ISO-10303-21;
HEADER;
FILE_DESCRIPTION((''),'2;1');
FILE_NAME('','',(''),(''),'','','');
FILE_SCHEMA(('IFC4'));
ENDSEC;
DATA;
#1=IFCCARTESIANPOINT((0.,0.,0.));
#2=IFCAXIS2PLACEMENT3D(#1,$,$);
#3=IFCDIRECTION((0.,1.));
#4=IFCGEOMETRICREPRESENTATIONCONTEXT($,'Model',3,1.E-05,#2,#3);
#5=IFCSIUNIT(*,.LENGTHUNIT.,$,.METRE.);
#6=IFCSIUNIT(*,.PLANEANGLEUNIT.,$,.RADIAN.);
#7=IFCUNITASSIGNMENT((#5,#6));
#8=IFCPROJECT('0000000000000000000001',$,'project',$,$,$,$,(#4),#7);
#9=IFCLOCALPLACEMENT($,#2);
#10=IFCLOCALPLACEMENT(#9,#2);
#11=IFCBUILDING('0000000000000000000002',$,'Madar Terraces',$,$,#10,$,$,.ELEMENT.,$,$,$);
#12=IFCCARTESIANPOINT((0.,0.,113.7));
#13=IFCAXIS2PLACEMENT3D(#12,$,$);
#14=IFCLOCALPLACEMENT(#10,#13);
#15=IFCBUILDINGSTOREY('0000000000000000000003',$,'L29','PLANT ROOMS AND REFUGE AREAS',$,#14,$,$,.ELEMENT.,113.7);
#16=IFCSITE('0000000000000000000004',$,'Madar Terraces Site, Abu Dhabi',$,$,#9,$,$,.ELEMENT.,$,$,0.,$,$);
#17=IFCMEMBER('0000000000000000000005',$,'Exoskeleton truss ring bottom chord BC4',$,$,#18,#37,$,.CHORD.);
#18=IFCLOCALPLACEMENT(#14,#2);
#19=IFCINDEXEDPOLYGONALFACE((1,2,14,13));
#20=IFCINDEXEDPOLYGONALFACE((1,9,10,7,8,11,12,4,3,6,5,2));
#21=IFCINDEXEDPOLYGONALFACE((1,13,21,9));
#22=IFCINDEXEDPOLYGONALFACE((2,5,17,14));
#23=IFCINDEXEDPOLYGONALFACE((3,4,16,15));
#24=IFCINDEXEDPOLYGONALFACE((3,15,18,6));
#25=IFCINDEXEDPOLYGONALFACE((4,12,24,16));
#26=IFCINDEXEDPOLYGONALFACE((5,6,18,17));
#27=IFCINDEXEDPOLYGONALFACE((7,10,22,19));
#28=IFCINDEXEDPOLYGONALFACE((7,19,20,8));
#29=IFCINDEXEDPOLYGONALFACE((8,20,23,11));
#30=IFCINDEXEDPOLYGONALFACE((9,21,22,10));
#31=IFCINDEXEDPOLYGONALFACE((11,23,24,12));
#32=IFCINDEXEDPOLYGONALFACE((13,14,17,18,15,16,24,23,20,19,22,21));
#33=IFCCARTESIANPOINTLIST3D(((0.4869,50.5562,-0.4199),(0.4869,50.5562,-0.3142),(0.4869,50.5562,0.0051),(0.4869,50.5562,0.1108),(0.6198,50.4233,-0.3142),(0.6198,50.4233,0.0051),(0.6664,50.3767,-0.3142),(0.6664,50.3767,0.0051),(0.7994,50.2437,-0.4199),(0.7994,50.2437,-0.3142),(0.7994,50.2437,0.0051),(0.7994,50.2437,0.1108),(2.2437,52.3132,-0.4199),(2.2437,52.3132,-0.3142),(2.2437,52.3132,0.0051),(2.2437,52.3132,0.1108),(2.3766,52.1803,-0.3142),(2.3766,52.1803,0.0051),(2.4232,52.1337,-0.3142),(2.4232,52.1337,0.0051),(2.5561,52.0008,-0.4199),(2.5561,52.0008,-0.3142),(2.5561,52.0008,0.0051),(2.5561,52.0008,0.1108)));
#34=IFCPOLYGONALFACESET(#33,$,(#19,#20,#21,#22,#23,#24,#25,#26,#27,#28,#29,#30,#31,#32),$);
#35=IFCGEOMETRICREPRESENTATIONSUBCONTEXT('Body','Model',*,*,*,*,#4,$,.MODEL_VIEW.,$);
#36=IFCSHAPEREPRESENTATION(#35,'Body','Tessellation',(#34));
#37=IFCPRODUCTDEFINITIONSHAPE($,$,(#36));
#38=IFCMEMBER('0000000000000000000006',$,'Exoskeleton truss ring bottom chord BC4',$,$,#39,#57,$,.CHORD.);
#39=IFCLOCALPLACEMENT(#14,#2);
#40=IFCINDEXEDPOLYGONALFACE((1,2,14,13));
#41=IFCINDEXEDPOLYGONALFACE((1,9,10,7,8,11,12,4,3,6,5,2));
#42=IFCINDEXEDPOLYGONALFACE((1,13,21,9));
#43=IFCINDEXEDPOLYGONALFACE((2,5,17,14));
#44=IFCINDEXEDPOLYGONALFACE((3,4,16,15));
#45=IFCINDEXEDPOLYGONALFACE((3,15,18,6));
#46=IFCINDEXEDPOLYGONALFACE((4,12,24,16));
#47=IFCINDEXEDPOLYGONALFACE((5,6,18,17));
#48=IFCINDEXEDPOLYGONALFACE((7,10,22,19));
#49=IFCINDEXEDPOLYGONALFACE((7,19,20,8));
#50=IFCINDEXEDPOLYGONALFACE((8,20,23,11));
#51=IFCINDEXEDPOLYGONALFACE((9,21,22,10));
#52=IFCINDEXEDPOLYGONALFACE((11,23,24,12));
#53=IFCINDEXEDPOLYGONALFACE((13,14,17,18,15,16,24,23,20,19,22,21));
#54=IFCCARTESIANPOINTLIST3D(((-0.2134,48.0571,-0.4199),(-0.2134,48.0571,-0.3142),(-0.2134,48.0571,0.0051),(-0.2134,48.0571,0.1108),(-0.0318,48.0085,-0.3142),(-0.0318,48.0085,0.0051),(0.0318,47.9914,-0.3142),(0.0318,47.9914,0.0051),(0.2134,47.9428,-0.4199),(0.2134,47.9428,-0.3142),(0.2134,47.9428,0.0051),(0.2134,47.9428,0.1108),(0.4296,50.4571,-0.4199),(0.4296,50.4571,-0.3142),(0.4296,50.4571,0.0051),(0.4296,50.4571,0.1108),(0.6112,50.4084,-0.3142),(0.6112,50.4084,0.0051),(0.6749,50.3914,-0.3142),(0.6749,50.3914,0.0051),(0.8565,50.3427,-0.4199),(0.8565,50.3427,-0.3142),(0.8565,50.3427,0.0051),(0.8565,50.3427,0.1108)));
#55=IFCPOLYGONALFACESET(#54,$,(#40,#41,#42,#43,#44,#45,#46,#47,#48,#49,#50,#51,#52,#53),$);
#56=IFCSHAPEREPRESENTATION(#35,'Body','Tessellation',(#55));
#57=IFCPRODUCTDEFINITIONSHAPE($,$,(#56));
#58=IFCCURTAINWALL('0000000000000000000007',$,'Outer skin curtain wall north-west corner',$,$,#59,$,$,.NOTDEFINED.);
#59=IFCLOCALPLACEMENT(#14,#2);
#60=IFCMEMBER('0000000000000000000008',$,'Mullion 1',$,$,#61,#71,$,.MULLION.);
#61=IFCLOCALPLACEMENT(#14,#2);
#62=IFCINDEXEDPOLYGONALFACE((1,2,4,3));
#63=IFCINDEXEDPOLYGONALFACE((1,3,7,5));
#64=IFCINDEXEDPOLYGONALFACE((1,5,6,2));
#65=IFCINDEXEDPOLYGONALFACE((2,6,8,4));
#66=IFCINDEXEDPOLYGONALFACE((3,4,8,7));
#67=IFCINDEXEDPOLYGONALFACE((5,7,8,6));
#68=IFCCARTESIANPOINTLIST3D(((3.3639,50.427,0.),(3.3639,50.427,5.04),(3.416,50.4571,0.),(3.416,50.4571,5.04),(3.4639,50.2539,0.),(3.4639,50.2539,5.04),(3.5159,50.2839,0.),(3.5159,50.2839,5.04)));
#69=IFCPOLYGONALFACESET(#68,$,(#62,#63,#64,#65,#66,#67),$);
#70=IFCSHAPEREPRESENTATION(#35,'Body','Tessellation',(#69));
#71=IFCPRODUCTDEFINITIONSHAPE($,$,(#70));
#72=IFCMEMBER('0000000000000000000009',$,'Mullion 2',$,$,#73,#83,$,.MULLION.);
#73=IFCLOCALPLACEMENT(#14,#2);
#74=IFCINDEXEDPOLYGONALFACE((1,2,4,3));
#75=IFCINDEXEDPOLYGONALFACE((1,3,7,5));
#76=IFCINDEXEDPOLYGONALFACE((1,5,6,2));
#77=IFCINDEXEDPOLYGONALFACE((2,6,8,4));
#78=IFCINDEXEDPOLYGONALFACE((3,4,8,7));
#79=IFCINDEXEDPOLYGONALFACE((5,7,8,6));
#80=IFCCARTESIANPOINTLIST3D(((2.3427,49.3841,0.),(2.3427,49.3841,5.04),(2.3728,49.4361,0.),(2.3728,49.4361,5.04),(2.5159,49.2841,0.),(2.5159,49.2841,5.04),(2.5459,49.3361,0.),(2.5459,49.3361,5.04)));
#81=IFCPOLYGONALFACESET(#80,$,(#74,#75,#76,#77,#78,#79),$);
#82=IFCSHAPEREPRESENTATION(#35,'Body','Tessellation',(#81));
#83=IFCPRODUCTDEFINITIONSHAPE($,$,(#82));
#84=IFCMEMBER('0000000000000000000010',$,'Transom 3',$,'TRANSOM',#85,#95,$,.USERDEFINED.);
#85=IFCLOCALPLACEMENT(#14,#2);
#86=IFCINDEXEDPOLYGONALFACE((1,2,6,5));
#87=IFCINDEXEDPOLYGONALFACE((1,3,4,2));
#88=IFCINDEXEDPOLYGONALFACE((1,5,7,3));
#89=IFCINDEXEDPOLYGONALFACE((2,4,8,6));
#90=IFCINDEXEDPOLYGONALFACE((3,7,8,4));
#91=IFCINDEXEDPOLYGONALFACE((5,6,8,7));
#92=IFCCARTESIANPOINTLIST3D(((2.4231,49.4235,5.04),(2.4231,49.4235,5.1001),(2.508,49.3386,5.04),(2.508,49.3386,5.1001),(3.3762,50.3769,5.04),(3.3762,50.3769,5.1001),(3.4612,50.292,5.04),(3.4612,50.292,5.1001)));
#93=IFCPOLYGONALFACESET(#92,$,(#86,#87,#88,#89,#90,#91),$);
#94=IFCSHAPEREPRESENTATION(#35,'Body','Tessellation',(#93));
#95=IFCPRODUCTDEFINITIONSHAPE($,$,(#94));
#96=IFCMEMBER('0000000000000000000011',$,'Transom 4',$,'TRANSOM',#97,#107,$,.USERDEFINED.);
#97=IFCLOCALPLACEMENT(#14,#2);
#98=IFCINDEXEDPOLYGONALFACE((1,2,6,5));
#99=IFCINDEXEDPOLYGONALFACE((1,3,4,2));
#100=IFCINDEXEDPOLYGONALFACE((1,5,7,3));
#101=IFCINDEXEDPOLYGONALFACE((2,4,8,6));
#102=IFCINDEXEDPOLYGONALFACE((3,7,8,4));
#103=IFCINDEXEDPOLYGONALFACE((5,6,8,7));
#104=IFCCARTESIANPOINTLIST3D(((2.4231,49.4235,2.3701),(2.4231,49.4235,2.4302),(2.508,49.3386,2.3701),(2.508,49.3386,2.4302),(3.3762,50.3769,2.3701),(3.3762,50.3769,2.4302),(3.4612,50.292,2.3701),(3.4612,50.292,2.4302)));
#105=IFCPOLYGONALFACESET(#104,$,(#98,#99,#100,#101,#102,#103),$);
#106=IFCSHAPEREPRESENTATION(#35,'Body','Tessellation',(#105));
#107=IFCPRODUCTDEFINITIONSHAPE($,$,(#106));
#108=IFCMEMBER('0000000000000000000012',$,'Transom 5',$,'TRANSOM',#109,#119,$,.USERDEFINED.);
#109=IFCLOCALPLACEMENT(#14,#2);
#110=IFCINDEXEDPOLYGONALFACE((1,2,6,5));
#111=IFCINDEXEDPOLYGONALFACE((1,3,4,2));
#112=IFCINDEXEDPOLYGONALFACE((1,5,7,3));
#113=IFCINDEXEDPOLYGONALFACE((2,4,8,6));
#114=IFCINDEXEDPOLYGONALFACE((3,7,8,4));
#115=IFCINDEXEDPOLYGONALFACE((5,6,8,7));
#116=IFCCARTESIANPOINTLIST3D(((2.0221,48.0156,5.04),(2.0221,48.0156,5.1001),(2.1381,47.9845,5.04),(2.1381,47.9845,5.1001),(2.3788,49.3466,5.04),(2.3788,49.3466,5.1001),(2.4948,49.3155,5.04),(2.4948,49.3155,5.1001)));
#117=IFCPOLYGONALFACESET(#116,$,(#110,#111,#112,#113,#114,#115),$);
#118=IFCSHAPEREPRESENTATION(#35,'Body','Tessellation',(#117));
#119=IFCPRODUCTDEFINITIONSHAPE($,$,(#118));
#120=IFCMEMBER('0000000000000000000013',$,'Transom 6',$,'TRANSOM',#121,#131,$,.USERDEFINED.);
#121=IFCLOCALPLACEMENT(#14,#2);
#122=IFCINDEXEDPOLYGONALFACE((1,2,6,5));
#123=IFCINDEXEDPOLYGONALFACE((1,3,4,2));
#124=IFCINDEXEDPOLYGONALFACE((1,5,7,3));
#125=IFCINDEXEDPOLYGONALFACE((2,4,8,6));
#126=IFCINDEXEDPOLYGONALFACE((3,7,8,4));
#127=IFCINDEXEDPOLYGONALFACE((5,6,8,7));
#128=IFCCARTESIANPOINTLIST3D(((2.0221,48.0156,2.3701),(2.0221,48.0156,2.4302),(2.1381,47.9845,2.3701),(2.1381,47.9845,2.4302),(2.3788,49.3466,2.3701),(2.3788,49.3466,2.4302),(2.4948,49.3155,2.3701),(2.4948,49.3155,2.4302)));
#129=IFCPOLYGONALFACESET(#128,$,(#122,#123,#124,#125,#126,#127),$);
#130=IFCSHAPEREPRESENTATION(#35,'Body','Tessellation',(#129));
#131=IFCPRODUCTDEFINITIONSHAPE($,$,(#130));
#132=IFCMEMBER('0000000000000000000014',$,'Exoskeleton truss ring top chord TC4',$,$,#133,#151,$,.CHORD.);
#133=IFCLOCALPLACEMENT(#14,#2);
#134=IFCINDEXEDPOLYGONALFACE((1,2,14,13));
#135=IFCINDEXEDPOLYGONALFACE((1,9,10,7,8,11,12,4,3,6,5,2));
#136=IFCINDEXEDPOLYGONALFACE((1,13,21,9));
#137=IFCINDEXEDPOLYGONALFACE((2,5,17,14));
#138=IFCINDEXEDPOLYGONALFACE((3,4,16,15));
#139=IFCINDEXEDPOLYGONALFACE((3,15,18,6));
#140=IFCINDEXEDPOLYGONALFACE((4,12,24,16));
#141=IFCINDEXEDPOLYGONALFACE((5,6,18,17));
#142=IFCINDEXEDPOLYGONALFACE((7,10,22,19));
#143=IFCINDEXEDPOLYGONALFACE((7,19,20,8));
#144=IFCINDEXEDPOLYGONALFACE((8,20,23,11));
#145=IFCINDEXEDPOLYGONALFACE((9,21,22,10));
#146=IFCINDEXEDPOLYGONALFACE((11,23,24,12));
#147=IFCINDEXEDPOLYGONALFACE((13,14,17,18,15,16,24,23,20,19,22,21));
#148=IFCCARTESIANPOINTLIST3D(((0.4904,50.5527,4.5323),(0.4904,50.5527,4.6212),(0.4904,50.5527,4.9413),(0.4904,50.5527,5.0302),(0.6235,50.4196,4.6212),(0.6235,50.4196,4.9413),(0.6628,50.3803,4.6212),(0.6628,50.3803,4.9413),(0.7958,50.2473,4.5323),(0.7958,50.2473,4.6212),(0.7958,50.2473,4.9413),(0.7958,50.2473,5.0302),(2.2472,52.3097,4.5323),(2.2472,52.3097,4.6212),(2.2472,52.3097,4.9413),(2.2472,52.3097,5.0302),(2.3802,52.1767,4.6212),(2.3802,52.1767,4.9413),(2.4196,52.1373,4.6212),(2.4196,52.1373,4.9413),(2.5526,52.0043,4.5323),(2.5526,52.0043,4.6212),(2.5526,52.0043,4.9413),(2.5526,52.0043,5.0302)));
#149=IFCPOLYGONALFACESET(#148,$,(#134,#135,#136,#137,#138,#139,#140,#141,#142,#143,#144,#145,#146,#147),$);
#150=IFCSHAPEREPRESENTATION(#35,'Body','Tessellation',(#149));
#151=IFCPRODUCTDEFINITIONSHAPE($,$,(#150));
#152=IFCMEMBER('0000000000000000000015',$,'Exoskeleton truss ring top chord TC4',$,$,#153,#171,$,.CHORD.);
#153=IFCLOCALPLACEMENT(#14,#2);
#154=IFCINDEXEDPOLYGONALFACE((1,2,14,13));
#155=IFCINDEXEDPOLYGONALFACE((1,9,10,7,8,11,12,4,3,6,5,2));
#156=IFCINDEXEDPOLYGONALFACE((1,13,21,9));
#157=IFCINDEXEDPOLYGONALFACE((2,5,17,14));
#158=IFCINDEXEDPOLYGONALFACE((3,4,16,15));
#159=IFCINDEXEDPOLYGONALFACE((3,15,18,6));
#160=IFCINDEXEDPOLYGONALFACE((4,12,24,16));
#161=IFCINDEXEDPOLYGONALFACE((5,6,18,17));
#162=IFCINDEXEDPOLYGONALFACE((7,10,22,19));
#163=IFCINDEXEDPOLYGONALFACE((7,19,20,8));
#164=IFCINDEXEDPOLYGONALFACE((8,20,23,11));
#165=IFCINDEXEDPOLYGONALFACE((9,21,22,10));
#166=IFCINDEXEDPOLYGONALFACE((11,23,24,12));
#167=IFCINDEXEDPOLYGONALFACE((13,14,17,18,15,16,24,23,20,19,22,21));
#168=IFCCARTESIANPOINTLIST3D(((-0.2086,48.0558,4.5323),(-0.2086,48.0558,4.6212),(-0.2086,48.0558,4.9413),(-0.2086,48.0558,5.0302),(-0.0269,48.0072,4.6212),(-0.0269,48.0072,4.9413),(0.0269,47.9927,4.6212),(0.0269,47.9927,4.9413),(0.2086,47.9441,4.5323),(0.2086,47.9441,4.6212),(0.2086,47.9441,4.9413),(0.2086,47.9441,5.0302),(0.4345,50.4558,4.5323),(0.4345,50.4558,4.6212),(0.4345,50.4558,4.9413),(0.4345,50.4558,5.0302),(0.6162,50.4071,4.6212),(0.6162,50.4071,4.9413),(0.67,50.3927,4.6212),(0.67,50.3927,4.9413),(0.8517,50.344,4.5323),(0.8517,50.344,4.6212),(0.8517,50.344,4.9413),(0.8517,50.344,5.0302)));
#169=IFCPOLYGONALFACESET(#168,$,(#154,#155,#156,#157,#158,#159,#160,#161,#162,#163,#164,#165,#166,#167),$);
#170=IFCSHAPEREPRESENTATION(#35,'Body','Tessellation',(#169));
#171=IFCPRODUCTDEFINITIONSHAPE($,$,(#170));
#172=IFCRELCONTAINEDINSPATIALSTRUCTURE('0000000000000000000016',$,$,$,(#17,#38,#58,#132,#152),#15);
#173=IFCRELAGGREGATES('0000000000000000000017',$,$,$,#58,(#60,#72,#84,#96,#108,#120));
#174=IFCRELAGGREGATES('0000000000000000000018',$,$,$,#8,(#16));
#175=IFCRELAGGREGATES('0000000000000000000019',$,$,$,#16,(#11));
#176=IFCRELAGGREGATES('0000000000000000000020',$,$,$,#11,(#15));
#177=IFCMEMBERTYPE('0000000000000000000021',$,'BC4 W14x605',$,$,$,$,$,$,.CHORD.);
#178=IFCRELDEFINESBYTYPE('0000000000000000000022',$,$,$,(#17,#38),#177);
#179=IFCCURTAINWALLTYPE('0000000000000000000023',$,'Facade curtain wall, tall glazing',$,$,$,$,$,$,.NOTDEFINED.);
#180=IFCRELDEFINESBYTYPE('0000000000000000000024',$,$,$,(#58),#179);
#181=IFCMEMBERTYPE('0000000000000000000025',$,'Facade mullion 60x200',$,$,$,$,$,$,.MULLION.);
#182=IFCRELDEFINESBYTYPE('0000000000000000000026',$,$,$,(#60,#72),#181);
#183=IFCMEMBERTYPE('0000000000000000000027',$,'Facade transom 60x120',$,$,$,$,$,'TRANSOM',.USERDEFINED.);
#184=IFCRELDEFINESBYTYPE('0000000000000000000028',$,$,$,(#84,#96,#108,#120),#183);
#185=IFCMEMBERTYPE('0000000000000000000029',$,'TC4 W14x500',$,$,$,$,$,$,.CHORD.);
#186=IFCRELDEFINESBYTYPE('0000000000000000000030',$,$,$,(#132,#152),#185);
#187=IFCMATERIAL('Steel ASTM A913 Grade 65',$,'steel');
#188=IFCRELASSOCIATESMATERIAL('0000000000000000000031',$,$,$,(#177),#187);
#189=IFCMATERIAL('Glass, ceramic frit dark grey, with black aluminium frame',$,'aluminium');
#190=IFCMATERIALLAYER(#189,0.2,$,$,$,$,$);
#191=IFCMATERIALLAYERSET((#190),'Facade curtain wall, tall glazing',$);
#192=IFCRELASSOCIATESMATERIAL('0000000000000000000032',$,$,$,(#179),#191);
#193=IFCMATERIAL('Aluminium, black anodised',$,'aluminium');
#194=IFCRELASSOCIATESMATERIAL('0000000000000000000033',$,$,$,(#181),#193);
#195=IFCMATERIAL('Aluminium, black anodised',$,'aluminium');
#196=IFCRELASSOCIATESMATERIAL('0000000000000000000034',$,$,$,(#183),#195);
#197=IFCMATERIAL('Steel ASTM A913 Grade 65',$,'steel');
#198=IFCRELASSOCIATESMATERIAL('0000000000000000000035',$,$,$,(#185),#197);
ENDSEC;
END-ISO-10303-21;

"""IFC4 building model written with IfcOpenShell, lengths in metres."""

from ifc_helpers import new_model, si_unit, direction, frame, origin, origin_2d, place, context, subcontext, project, spatial, rectangle, i_section, extrude, material, layer, layer_set, material_profile, profile_set, type_object, element, aggregate, save


model = new_model("IFC4")

# Units and contexts
model_context = context("Model", 3, precision=1e-05, world=origin(), true_north=direction((0.0, 1.0)))
body_context = subcontext(model_context, "Body", "Model", "MODEL_VIEW")
ifc_project = project(units=[si_unit("LENGTHUNIT", "METRE"), si_unit("PLANEANGLEUNIT", "RADIAN")], contexts=[model_context])

# Site, building, storey
site_placement = place(None, origin())
site = spatial("IfcSite", under=ifc_project, at=site_placement, Name="Madar Terraces Site, Abu Dhabi", CompositionType="ELEMENT", RefElevation=0.0)
building_placement = place(site_placement, origin())
building = spatial("IfcBuilding", under=site, at=building_placement, Name="Madar Terraces", CompositionType="ELEMENT")
storey_placement = place(building_placement, frame((0.0, 0.0, 113.7)))
storey = spatial("IfcBuildingStorey", under=building, at=storey_placement, Name="L29", Description="PLANT ROOMS AND REFUGE AREAS", CompositionType="ELEMENT", Elevation=113.7)

# Members
ifc_material_1 = material(Name="Steel ASTM A913 Grade 65", Category="steel")
ifc_material_profile_1 = material_profile(ifc_material_1, i_section(OverallWidth=0.4419, OverallDepth=0.5308, WebThickness=0.0659, FlangeThickness=0.1057, at=origin_2d()), Name="W14x605")
ifc_profile_set_1 = profile_set([ifc_material_profile_1], Name="Steel ASTM A913 Grade 65")
member_type_1 = type_object("IfcMemberType", Name="BC4 W14x605", PredefinedType="CHORD", material=ifc_profile_set_1)
for number, where, z_axis, x_axis, name in (
    (1, (2.3999, 52.157, -0.1545), (-0.707058, -0.707156, 0.0), (0.707156, -0.707058, 0.0), "Exoskeleton truss ring bottom chord BC4"),
    (2, (0.6431, 50.3999, -0.1545), (-0.258824, -0.965924, 0.0), (0.965924, -0.258824, 0.0), "Exoskeleton truss ring bottom chord BC4"),
):
    element("IfcMember", number, at=place(storey_placement, frame(where, z_axis=z_axis, x_axis=x_axis)), inside=storey, type_object=member_type_1, Name=name, PredefinedType="CHORD", context=body_context, shape_type="SweptSolid", body=[
        extrude(i_section(OverallWidth=0.4419, OverallDepth=0.5308, WebThickness=0.0659, FlangeThickness=0.1057, at=origin_2d()), origin(), (0.0, 0.0, 1.0), 2.4846),
    ])

# Curtain wall, members
ifc_material_2 = material(Name="Glass, ceramic frit dark grey, with black aluminium frame", Category="aluminium")
ifc_layer_1 = layer(ifc_material_2, 0.2)
ifc_layer_set_1 = layer_set([ifc_layer_1], Name="Facade curtain wall, tall glazing")
curtain_wall_type = type_object("IfcCurtainWallType", Name="Facade curtain wall, tall glazing", PredefinedType="NOTDEFINED", material=ifc_layer_set_1)
curtain_wall_placement = place(storey_placement, origin())
curtain_wall = element("IfcCurtainWall", 3, at=curtain_wall_placement, inside=storey, type_object=curtain_wall_type, Name="Outer skin curtain wall north-west corner", PredefinedType="NOTDEFINED")
ifc_material_3 = material(Name="Aluminium, black anodised", Category="aluminium")
ifc_material_profile_2 = material_profile(ifc_material_3, rectangle(XDim=0.2, YDim=0.0601, at=origin_2d()), Name="Facade mullion 60x200")
ifc_profile_set_2 = profile_set([ifc_material_profile_2], Name="Aluminium, black anodised")
member_type_2 = type_object("IfcMemberType", Name="Facade mullion 60x200", PredefinedType="MULLION", material=ifc_profile_set_2)
member_1_placement = place(storey_placement, frame((3.4399, 50.3555, 0.0), z_axis=(0.0, 0.0, 1.0), x_axis=(0.5, -0.866025, 0.0)))
member_1 = element("IfcMember", 4, at=member_1_placement, type_object=member_type_2, Name="Mullion 1", PredefinedType="MULLION", context=body_context, shape_type="SweptSolid", body=[
    extrude(rectangle(XDim=0.2, YDim=0.0601, at=origin_2d()), origin(), (0.0, 0.0, 1.0), 5.04),
])
member_2_placement = place(storey_placement, frame((2.4443, 49.3601, 0.0), z_axis=(0.0, 0.0, 1.0), x_axis=(0.866025, -0.5, 0.0)))
member_2 = element("IfcMember", 5, at=member_2_placement, type_object=member_type_2, Name="Mullion 2", PredefinedType="MULLION", context=body_context, shape_type="SweptSolid", body=[
    extrude(rectangle(XDim=0.2, YDim=0.0601, at=origin_2d()), origin(), (0.0, 0.0, 1.0), 5.04),
])
ifc_material_4 = material(Name="Aluminium, black anodised", Category="aluminium")
ifc_material_profile_3 = material_profile(ifc_material_4, rectangle(XDim=0.1201, YDim=0.0601, at=origin_2d()), Name="Facade transom 60x120")
ifc_profile_set_3 = profile_set([ifc_material_profile_3], Name="Aluminium, black anodised")
member_type_3 = type_object("IfcMemberType", Name="Facade transom 60x120", ElementType="TRANSOM", PredefinedType="USERDEFINED", material=ifc_profile_set_3)
member_3_placement = place(storey_placement, frame((3.4187, 50.3345, 5.0701), z_axis=(-0.707016, -0.707197, 0.0), x_axis=(0.707197, -0.707016, 0.0)))
member_3 = element("IfcMember", 6, at=member_3_placement, type_object=member_type_3, Name="Transom 3", ObjectType="TRANSOM", PredefinedType="USERDEFINED", context=body_context, shape_type="SweptSolid", body=[
    extrude(rectangle(XDim=0.1201, YDim=0.0601, at=origin_2d()), origin(), (0.0, 0.0, 1.0), 1.3481),
])
member_4_placement = place(storey_placement, frame((3.4187, 50.3345, 2.4001), z_axis=(-0.707016, -0.707197, 0.0), x_axis=(0.707197, -0.707016, 0.0)))
member_4 = element("IfcMember", 7, at=member_4_placement, type_object=member_type_3, Name="Transom 4", ObjectType="TRANSOM", PredefinedType="USERDEFINED", context=body_context, shape_type="SweptSolid", body=[
    extrude(rectangle(XDim=0.1201, YDim=0.0601, at=origin_2d()), origin(), (0.0, 0.0, 1.0), 1.3481),
])
member_5_placement = place(storey_placement, frame((2.4368, 49.3311, 5.0701), z_axis=(-0.258842, -0.96592, 0.0), x_axis=(0.96592, -0.258842, 0.0)))
member_5 = element("IfcMember", 8, at=member_5_placement, type_object=member_type_3, Name="Transom 5", ObjectType="TRANSOM", PredefinedType="USERDEFINED", context=body_context, shape_type="SweptSolid", body=[
    extrude(rectangle(XDim=0.1201, YDim=0.0601, at=origin_2d()), origin(), (0.0, 0.0, 1.0), 1.3779),
])
member_6_placement = place(storey_placement, frame((2.4368, 49.3311, 2.4001), z_axis=(-0.258842, -0.96592, 0.0), x_axis=(0.96592, -0.258842, 0.0)))
member_6 = element("IfcMember", 9, at=member_6_placement, type_object=member_type_3, Name="Transom 6", ObjectType="TRANSOM", PredefinedType="USERDEFINED", context=body_context, shape_type="SweptSolid", body=[
    extrude(rectangle(XDim=0.1201, YDim=0.0601, at=origin_2d()), origin(), (0.0, 0.0, 1.0), 1.3779),
])

# Members
ifc_material_5 = material(Name="Steel ASTM A913 Grade 65", Category="steel")
ifc_material_profile_4 = material_profile(ifc_material_5, i_section(OverallWidth=0.4319, OverallDepth=0.4978, WebThickness=0.0557, FlangeThickness=0.0889, at=origin_2d()), Name="W14x500")
ifc_profile_set_4 = profile_set([ifc_material_profile_4], Name="Steel ASTM A913 Grade 65")
member_type_4 = type_object("IfcMemberType", Name="TC4 W14x500", PredefinedType="CHORD", material=ifc_profile_set_4)
for number, where, z_axis, x_axis, name in (
    (10, (2.3999, 52.157, 4.7812), (-0.707058, -0.707156, 0.0), (0.707156, -0.707058, 0.0), "Exoskeleton truss ring top chord TC4"),
    (11, (0.6431, 50.3999, 4.7812), (-0.258824, -0.965924, 0.0), (0.965924, -0.258824, 0.0), "Exoskeleton truss ring top chord TC4"),
):
    element("IfcMember", number, at=place(storey_placement, frame(where, z_axis=z_axis, x_axis=x_axis)), inside=storey, type_object=member_type_4, Name=name, PredefinedType="CHORD", context=body_context, shape_type="SweptSolid", body=[
        extrude(i_section(OverallWidth=0.4319, OverallDepth=0.4978, WebThickness=0.0557, FlangeThickness=0.0889, at=origin_2d()), origin(), (0.0, 0.0, 1.0), 2.4846),
    ])

aggregate(curtain_wall, [member_1, member_2, member_3, member_4, member_5, member_6])

save(model, "model.ifc")
